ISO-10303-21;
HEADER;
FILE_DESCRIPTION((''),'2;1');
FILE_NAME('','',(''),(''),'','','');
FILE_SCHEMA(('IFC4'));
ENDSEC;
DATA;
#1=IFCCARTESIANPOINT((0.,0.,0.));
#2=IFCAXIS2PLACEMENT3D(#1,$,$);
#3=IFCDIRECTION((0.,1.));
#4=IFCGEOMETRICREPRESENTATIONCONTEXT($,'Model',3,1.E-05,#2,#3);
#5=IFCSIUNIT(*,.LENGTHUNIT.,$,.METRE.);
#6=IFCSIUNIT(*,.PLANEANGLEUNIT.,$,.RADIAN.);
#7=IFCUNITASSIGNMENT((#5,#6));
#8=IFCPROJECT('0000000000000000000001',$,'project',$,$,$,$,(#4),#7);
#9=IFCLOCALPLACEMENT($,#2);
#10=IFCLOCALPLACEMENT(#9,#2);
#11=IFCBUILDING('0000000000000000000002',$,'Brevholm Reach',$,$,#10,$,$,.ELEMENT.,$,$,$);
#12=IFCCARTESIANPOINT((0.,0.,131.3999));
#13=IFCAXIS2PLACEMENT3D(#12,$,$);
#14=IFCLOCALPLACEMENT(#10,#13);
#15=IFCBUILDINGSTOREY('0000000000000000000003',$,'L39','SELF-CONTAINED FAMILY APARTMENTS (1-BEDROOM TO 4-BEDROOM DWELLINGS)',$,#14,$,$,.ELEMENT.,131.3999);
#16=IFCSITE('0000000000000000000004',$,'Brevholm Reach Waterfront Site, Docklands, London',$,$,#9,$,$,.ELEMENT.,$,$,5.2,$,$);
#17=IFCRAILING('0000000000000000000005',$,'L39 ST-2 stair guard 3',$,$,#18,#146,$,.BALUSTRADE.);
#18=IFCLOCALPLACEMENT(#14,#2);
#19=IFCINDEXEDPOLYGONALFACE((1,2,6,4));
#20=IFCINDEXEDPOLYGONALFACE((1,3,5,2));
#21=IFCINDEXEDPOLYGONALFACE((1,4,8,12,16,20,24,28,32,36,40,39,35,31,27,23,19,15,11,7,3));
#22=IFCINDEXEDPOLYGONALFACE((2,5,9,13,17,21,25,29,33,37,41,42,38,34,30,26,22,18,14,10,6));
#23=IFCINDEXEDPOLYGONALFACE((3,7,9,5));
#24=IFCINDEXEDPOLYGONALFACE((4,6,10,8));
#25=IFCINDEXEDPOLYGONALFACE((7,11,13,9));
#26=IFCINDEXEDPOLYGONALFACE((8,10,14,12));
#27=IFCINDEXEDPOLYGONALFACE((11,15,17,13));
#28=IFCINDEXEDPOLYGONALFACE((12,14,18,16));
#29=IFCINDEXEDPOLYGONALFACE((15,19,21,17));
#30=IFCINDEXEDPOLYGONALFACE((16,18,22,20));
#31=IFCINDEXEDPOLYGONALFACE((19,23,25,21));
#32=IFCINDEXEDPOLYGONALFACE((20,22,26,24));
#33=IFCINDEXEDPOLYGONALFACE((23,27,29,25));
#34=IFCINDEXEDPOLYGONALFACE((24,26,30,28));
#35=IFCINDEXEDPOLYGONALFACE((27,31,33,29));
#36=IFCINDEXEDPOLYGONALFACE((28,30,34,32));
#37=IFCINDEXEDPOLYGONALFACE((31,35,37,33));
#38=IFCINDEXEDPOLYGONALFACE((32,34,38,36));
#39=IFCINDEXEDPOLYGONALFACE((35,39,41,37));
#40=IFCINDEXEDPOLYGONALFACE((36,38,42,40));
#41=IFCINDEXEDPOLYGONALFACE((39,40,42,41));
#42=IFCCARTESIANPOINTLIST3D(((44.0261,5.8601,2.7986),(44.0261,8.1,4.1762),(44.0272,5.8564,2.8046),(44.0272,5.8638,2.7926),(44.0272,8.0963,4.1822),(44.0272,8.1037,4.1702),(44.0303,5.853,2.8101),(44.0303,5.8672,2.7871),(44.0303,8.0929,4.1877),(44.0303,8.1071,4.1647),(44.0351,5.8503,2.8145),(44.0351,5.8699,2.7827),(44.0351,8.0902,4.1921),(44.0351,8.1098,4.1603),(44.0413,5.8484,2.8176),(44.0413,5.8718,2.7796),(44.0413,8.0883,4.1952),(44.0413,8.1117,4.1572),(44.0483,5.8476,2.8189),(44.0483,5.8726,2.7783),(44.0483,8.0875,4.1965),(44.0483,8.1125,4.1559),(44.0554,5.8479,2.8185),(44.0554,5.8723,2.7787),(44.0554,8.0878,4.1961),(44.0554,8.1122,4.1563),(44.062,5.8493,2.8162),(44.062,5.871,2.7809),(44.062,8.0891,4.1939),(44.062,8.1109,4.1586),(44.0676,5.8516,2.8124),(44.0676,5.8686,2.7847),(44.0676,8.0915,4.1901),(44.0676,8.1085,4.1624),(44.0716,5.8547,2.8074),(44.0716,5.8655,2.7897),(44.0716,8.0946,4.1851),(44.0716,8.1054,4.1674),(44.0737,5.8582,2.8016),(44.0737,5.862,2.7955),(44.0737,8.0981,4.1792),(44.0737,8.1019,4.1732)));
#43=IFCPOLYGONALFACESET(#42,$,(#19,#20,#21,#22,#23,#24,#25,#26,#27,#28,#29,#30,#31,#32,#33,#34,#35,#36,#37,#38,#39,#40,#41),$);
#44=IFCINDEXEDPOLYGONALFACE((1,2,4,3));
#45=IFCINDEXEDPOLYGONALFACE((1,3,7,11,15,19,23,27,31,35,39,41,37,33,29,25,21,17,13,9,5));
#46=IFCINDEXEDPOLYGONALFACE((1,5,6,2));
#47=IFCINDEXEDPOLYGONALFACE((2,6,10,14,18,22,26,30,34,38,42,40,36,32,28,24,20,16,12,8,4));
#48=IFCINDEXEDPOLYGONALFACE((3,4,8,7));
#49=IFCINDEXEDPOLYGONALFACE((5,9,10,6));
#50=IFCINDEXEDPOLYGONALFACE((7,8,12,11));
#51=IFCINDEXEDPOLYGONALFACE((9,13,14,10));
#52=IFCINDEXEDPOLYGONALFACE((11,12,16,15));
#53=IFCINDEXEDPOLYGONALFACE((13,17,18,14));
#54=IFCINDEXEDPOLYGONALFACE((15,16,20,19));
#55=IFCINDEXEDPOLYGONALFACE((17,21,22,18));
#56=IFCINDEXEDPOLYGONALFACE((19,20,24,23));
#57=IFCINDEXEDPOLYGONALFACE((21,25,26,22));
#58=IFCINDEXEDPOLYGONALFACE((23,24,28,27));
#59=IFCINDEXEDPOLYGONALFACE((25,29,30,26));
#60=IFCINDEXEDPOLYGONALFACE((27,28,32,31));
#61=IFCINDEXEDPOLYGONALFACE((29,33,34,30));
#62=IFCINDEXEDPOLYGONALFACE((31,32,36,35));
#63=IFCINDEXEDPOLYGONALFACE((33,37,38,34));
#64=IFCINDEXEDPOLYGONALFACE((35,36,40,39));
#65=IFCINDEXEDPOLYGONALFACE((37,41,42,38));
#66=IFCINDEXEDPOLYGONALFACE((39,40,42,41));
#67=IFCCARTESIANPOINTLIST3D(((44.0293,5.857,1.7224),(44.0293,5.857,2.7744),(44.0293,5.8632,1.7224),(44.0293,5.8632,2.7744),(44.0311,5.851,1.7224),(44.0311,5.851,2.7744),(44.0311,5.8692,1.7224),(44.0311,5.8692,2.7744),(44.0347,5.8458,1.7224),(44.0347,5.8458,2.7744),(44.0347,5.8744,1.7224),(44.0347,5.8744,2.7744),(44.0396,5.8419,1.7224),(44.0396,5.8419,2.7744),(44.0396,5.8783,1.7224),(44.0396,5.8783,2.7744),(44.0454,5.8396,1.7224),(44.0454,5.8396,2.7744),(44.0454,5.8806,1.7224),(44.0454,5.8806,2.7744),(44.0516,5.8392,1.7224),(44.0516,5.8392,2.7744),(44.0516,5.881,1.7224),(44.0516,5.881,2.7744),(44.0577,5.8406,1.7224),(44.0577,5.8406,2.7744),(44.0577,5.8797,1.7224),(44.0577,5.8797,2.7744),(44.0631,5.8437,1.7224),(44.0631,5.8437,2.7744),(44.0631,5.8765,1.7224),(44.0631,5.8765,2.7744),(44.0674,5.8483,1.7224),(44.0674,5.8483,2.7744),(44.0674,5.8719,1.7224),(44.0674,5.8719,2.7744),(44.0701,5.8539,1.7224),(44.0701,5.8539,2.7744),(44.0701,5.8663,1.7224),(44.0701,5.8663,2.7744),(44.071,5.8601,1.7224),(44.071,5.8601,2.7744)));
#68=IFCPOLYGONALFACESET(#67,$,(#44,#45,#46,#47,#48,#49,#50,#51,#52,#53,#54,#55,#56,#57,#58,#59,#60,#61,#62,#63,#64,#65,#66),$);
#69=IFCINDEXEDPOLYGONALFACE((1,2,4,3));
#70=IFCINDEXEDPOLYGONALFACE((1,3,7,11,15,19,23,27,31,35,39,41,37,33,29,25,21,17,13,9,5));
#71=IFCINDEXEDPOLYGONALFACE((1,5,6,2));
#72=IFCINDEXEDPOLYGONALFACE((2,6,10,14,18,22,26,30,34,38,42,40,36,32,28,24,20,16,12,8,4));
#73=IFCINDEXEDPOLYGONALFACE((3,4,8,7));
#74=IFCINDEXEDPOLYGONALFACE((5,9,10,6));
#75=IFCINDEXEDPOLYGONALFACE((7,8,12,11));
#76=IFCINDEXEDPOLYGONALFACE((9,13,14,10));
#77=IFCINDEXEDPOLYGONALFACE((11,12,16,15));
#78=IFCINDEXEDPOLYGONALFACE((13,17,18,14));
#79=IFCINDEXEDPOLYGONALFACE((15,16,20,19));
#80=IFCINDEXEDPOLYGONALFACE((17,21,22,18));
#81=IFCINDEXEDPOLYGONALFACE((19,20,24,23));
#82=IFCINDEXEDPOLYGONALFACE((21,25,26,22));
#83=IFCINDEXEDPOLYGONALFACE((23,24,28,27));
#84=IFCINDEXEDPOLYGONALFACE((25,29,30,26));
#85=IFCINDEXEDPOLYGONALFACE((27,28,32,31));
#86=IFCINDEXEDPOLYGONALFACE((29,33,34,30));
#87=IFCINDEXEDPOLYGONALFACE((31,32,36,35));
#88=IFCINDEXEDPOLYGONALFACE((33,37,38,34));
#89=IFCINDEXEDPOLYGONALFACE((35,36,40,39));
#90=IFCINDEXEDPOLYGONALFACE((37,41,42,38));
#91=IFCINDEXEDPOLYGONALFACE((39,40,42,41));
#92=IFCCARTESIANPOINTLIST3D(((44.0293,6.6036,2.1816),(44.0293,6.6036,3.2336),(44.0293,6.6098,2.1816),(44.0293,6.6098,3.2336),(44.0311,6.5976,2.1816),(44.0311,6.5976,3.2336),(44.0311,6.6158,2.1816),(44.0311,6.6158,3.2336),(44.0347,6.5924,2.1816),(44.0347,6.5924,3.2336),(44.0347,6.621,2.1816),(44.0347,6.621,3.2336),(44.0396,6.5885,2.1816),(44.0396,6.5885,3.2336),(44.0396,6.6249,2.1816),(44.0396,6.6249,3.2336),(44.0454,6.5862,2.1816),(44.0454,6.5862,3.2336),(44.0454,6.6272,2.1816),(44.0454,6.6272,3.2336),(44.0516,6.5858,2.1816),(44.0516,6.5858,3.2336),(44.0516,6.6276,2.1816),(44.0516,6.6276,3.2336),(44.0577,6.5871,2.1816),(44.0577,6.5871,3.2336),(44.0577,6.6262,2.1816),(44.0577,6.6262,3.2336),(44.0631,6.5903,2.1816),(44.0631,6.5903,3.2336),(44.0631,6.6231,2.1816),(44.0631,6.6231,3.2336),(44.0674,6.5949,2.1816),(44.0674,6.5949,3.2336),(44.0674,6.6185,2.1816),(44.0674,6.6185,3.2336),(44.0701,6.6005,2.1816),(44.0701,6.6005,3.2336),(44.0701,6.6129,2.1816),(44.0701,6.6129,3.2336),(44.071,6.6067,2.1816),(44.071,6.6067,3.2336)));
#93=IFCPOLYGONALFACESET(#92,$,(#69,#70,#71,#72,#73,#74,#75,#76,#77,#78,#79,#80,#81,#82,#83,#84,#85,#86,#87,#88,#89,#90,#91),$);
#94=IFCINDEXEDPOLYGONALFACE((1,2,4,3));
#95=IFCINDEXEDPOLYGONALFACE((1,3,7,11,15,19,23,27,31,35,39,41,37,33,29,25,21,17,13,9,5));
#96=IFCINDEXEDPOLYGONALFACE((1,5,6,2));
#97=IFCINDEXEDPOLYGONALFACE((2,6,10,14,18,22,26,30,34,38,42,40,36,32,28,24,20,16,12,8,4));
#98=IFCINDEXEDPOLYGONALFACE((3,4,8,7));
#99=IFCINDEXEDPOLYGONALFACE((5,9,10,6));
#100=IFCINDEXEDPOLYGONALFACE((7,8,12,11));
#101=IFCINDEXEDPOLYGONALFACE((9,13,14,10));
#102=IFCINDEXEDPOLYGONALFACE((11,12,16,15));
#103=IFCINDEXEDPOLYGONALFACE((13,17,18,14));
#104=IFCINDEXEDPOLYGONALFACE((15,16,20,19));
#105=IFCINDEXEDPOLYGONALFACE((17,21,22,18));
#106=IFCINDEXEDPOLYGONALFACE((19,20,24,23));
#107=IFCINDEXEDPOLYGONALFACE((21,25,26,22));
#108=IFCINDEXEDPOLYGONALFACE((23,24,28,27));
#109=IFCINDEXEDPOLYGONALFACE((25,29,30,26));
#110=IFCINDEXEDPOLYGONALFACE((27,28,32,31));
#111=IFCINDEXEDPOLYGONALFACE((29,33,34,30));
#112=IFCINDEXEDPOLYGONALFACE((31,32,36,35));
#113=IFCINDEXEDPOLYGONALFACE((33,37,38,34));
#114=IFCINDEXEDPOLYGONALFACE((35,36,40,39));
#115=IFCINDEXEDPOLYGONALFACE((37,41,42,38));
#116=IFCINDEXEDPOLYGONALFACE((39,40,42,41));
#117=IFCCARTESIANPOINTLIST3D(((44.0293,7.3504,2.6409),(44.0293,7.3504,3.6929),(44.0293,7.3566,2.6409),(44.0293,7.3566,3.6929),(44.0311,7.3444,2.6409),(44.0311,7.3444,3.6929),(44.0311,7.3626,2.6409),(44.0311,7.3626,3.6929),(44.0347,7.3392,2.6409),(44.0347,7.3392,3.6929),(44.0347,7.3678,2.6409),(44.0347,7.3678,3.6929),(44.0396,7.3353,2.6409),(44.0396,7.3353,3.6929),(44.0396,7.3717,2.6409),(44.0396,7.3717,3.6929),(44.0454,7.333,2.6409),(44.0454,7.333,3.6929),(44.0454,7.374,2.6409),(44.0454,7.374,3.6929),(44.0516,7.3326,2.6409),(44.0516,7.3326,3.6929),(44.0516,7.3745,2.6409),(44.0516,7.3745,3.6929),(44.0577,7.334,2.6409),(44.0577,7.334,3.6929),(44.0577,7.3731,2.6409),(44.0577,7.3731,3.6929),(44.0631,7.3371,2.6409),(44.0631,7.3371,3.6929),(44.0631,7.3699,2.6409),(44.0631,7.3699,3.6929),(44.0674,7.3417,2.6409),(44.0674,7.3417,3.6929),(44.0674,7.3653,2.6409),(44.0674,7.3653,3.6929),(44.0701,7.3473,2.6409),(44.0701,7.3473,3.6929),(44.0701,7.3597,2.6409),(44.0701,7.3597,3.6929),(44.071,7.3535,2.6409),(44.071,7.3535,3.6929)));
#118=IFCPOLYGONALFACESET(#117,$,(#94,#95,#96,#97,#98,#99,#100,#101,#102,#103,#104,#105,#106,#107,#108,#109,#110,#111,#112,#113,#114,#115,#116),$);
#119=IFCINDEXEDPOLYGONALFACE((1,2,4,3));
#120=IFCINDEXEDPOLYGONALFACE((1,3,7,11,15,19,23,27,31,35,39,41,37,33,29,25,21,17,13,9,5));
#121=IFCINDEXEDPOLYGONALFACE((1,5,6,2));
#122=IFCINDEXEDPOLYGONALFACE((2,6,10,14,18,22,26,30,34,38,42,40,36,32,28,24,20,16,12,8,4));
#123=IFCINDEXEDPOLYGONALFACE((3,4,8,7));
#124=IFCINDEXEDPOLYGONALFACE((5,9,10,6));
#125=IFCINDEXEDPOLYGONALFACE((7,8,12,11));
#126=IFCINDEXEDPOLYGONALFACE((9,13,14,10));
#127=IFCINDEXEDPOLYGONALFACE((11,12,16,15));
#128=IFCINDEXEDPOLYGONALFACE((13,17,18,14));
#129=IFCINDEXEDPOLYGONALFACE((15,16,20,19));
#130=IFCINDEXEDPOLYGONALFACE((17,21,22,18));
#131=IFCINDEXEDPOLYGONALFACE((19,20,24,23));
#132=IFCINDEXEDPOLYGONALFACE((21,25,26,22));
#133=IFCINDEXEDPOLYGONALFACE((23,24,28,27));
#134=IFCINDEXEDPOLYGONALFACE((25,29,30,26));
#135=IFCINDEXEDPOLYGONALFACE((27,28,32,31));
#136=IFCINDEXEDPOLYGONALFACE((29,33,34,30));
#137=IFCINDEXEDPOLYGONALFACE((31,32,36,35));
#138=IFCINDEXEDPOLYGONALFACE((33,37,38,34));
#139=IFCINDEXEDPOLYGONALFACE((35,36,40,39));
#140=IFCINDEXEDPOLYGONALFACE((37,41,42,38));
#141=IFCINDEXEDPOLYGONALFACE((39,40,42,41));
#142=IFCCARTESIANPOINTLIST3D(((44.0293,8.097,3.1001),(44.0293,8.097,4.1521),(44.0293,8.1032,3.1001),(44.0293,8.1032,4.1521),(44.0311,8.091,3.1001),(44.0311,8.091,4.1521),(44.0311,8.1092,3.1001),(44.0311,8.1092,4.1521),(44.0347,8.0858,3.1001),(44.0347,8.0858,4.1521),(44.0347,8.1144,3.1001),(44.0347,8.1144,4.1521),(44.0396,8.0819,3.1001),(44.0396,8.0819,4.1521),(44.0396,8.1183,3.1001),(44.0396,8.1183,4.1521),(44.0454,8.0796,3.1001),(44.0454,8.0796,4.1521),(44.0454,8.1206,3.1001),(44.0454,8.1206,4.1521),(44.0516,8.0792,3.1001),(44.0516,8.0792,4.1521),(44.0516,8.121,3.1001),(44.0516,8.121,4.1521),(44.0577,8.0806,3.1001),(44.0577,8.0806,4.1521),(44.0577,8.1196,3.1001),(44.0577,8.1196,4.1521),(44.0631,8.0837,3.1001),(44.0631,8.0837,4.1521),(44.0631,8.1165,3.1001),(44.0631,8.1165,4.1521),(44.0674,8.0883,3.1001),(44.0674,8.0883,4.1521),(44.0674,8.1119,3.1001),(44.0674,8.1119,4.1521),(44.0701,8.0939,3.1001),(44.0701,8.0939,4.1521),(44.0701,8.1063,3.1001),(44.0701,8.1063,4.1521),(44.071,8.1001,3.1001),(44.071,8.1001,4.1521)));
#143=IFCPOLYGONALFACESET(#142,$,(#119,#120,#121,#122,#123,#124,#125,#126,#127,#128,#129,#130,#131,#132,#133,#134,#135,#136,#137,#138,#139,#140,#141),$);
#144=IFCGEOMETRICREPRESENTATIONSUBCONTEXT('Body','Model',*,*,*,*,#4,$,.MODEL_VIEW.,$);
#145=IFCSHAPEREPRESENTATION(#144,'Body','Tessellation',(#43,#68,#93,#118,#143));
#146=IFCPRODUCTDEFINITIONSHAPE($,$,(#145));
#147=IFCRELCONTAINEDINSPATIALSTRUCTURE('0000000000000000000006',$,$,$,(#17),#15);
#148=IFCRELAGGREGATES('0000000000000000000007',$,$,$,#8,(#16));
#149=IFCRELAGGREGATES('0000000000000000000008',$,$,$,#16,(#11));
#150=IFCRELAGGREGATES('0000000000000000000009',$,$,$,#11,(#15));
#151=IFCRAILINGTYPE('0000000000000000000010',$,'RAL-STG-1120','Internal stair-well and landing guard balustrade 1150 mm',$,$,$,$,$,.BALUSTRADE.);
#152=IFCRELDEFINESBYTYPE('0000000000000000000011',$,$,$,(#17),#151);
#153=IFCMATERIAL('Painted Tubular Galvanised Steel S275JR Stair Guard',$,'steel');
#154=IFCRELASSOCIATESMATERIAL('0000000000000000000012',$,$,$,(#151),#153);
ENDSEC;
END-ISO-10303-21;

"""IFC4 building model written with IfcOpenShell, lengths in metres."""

from ifc_helpers import new_model, si_unit, direction, frame, origin, origin_2d, place, context, subcontext, project, spatial, circle, extrude, material, type_object, element, save


model = new_model("IFC4")

# Units and contexts
model_context = context("Model", 3, precision=1e-05, world=origin(), true_north=direction((0.0, 1.0)))
body_context = subcontext(model_context, "Body", "Model", "MODEL_VIEW")
ifc_project = project(units=[si_unit("LENGTHUNIT", "METRE"), si_unit("PLANEANGLEUNIT", "RADIAN")], contexts=[model_context])

# Site, building, storey
site_placement = place(None, origin())
site = spatial("IfcSite", under=ifc_project, at=site_placement, Name="Brevholm Reach Waterfront Site, Docklands, London", CompositionType="ELEMENT", RefElevation=5.2)
building_placement = place(site_placement, origin())
building = spatial("IfcBuilding", under=site, at=building_placement, Name="Brevholm Reach", CompositionType="ELEMENT")
storey_placement = place(building_placement, frame((0.0, 0.0, 131.3999)))
storey = spatial("IfcBuildingStorey", under=building, at=storey_placement, Name="L39", Description="SELF-CONTAINED FAMILY APARTMENTS (1-BEDROOM TO 4-BEDROOM DWELLINGS)", CompositionType="ELEMENT", Elevation=131.3999)

# Railing
ifc_material_1 = material(Name="Painted Tubular Galvanised Steel S275JR Stair Guard", Category="steel")
railing_type_1 = type_object("IfcRailingType", Name="RAL-STG-1120", Description="Internal stair-well and landing guard balustrade 1150 mm", PredefinedType="BALUSTRADE", material=ifc_material_1)
railing_1_placement = place(storey_placement, frame((44.05, 5.8601, 1.7224)))
element("IfcRailing", 1, at=railing_1_placement, inside=storey, type_object=railing_type_1, Name="L39 ST-2 stair guard 3", PredefinedType="BALUSTRADE", context=body_context, shape_type="SweptSolid", body=[
    extrude(circle(Radius=0.0239, at=origin_2d()), frame((0.0, 0.0, 1.0762), z_axis=(0.0, 0.851789, 0.523885), x_axis=(-1.0, 0.0, 0.0)), (0.0, 0.0, 1.0), 2.6296),
    extrude(circle(Radius=0.021, at=origin_2d()), origin(), (0.0, 0.0, 1.0), 1.052),
    extrude(circle(Radius=0.021, at=origin_2d()), frame((0.0, 0.7466, 0.4592)), (0.0, 0.0, 1.0), 1.052),
    extrude(circle(Radius=0.021, at=origin_2d()), frame((0.0, 1.4934, 0.9185)), (0.0, 0.0, 1.0), 1.052),
    extrude(circle(Radius=0.021, at=origin_2d()), frame((0.0, 2.24, 1.3777)), (0.0, 0.0, 1.0), 1.052),
])

save(model, "model.ifc")
